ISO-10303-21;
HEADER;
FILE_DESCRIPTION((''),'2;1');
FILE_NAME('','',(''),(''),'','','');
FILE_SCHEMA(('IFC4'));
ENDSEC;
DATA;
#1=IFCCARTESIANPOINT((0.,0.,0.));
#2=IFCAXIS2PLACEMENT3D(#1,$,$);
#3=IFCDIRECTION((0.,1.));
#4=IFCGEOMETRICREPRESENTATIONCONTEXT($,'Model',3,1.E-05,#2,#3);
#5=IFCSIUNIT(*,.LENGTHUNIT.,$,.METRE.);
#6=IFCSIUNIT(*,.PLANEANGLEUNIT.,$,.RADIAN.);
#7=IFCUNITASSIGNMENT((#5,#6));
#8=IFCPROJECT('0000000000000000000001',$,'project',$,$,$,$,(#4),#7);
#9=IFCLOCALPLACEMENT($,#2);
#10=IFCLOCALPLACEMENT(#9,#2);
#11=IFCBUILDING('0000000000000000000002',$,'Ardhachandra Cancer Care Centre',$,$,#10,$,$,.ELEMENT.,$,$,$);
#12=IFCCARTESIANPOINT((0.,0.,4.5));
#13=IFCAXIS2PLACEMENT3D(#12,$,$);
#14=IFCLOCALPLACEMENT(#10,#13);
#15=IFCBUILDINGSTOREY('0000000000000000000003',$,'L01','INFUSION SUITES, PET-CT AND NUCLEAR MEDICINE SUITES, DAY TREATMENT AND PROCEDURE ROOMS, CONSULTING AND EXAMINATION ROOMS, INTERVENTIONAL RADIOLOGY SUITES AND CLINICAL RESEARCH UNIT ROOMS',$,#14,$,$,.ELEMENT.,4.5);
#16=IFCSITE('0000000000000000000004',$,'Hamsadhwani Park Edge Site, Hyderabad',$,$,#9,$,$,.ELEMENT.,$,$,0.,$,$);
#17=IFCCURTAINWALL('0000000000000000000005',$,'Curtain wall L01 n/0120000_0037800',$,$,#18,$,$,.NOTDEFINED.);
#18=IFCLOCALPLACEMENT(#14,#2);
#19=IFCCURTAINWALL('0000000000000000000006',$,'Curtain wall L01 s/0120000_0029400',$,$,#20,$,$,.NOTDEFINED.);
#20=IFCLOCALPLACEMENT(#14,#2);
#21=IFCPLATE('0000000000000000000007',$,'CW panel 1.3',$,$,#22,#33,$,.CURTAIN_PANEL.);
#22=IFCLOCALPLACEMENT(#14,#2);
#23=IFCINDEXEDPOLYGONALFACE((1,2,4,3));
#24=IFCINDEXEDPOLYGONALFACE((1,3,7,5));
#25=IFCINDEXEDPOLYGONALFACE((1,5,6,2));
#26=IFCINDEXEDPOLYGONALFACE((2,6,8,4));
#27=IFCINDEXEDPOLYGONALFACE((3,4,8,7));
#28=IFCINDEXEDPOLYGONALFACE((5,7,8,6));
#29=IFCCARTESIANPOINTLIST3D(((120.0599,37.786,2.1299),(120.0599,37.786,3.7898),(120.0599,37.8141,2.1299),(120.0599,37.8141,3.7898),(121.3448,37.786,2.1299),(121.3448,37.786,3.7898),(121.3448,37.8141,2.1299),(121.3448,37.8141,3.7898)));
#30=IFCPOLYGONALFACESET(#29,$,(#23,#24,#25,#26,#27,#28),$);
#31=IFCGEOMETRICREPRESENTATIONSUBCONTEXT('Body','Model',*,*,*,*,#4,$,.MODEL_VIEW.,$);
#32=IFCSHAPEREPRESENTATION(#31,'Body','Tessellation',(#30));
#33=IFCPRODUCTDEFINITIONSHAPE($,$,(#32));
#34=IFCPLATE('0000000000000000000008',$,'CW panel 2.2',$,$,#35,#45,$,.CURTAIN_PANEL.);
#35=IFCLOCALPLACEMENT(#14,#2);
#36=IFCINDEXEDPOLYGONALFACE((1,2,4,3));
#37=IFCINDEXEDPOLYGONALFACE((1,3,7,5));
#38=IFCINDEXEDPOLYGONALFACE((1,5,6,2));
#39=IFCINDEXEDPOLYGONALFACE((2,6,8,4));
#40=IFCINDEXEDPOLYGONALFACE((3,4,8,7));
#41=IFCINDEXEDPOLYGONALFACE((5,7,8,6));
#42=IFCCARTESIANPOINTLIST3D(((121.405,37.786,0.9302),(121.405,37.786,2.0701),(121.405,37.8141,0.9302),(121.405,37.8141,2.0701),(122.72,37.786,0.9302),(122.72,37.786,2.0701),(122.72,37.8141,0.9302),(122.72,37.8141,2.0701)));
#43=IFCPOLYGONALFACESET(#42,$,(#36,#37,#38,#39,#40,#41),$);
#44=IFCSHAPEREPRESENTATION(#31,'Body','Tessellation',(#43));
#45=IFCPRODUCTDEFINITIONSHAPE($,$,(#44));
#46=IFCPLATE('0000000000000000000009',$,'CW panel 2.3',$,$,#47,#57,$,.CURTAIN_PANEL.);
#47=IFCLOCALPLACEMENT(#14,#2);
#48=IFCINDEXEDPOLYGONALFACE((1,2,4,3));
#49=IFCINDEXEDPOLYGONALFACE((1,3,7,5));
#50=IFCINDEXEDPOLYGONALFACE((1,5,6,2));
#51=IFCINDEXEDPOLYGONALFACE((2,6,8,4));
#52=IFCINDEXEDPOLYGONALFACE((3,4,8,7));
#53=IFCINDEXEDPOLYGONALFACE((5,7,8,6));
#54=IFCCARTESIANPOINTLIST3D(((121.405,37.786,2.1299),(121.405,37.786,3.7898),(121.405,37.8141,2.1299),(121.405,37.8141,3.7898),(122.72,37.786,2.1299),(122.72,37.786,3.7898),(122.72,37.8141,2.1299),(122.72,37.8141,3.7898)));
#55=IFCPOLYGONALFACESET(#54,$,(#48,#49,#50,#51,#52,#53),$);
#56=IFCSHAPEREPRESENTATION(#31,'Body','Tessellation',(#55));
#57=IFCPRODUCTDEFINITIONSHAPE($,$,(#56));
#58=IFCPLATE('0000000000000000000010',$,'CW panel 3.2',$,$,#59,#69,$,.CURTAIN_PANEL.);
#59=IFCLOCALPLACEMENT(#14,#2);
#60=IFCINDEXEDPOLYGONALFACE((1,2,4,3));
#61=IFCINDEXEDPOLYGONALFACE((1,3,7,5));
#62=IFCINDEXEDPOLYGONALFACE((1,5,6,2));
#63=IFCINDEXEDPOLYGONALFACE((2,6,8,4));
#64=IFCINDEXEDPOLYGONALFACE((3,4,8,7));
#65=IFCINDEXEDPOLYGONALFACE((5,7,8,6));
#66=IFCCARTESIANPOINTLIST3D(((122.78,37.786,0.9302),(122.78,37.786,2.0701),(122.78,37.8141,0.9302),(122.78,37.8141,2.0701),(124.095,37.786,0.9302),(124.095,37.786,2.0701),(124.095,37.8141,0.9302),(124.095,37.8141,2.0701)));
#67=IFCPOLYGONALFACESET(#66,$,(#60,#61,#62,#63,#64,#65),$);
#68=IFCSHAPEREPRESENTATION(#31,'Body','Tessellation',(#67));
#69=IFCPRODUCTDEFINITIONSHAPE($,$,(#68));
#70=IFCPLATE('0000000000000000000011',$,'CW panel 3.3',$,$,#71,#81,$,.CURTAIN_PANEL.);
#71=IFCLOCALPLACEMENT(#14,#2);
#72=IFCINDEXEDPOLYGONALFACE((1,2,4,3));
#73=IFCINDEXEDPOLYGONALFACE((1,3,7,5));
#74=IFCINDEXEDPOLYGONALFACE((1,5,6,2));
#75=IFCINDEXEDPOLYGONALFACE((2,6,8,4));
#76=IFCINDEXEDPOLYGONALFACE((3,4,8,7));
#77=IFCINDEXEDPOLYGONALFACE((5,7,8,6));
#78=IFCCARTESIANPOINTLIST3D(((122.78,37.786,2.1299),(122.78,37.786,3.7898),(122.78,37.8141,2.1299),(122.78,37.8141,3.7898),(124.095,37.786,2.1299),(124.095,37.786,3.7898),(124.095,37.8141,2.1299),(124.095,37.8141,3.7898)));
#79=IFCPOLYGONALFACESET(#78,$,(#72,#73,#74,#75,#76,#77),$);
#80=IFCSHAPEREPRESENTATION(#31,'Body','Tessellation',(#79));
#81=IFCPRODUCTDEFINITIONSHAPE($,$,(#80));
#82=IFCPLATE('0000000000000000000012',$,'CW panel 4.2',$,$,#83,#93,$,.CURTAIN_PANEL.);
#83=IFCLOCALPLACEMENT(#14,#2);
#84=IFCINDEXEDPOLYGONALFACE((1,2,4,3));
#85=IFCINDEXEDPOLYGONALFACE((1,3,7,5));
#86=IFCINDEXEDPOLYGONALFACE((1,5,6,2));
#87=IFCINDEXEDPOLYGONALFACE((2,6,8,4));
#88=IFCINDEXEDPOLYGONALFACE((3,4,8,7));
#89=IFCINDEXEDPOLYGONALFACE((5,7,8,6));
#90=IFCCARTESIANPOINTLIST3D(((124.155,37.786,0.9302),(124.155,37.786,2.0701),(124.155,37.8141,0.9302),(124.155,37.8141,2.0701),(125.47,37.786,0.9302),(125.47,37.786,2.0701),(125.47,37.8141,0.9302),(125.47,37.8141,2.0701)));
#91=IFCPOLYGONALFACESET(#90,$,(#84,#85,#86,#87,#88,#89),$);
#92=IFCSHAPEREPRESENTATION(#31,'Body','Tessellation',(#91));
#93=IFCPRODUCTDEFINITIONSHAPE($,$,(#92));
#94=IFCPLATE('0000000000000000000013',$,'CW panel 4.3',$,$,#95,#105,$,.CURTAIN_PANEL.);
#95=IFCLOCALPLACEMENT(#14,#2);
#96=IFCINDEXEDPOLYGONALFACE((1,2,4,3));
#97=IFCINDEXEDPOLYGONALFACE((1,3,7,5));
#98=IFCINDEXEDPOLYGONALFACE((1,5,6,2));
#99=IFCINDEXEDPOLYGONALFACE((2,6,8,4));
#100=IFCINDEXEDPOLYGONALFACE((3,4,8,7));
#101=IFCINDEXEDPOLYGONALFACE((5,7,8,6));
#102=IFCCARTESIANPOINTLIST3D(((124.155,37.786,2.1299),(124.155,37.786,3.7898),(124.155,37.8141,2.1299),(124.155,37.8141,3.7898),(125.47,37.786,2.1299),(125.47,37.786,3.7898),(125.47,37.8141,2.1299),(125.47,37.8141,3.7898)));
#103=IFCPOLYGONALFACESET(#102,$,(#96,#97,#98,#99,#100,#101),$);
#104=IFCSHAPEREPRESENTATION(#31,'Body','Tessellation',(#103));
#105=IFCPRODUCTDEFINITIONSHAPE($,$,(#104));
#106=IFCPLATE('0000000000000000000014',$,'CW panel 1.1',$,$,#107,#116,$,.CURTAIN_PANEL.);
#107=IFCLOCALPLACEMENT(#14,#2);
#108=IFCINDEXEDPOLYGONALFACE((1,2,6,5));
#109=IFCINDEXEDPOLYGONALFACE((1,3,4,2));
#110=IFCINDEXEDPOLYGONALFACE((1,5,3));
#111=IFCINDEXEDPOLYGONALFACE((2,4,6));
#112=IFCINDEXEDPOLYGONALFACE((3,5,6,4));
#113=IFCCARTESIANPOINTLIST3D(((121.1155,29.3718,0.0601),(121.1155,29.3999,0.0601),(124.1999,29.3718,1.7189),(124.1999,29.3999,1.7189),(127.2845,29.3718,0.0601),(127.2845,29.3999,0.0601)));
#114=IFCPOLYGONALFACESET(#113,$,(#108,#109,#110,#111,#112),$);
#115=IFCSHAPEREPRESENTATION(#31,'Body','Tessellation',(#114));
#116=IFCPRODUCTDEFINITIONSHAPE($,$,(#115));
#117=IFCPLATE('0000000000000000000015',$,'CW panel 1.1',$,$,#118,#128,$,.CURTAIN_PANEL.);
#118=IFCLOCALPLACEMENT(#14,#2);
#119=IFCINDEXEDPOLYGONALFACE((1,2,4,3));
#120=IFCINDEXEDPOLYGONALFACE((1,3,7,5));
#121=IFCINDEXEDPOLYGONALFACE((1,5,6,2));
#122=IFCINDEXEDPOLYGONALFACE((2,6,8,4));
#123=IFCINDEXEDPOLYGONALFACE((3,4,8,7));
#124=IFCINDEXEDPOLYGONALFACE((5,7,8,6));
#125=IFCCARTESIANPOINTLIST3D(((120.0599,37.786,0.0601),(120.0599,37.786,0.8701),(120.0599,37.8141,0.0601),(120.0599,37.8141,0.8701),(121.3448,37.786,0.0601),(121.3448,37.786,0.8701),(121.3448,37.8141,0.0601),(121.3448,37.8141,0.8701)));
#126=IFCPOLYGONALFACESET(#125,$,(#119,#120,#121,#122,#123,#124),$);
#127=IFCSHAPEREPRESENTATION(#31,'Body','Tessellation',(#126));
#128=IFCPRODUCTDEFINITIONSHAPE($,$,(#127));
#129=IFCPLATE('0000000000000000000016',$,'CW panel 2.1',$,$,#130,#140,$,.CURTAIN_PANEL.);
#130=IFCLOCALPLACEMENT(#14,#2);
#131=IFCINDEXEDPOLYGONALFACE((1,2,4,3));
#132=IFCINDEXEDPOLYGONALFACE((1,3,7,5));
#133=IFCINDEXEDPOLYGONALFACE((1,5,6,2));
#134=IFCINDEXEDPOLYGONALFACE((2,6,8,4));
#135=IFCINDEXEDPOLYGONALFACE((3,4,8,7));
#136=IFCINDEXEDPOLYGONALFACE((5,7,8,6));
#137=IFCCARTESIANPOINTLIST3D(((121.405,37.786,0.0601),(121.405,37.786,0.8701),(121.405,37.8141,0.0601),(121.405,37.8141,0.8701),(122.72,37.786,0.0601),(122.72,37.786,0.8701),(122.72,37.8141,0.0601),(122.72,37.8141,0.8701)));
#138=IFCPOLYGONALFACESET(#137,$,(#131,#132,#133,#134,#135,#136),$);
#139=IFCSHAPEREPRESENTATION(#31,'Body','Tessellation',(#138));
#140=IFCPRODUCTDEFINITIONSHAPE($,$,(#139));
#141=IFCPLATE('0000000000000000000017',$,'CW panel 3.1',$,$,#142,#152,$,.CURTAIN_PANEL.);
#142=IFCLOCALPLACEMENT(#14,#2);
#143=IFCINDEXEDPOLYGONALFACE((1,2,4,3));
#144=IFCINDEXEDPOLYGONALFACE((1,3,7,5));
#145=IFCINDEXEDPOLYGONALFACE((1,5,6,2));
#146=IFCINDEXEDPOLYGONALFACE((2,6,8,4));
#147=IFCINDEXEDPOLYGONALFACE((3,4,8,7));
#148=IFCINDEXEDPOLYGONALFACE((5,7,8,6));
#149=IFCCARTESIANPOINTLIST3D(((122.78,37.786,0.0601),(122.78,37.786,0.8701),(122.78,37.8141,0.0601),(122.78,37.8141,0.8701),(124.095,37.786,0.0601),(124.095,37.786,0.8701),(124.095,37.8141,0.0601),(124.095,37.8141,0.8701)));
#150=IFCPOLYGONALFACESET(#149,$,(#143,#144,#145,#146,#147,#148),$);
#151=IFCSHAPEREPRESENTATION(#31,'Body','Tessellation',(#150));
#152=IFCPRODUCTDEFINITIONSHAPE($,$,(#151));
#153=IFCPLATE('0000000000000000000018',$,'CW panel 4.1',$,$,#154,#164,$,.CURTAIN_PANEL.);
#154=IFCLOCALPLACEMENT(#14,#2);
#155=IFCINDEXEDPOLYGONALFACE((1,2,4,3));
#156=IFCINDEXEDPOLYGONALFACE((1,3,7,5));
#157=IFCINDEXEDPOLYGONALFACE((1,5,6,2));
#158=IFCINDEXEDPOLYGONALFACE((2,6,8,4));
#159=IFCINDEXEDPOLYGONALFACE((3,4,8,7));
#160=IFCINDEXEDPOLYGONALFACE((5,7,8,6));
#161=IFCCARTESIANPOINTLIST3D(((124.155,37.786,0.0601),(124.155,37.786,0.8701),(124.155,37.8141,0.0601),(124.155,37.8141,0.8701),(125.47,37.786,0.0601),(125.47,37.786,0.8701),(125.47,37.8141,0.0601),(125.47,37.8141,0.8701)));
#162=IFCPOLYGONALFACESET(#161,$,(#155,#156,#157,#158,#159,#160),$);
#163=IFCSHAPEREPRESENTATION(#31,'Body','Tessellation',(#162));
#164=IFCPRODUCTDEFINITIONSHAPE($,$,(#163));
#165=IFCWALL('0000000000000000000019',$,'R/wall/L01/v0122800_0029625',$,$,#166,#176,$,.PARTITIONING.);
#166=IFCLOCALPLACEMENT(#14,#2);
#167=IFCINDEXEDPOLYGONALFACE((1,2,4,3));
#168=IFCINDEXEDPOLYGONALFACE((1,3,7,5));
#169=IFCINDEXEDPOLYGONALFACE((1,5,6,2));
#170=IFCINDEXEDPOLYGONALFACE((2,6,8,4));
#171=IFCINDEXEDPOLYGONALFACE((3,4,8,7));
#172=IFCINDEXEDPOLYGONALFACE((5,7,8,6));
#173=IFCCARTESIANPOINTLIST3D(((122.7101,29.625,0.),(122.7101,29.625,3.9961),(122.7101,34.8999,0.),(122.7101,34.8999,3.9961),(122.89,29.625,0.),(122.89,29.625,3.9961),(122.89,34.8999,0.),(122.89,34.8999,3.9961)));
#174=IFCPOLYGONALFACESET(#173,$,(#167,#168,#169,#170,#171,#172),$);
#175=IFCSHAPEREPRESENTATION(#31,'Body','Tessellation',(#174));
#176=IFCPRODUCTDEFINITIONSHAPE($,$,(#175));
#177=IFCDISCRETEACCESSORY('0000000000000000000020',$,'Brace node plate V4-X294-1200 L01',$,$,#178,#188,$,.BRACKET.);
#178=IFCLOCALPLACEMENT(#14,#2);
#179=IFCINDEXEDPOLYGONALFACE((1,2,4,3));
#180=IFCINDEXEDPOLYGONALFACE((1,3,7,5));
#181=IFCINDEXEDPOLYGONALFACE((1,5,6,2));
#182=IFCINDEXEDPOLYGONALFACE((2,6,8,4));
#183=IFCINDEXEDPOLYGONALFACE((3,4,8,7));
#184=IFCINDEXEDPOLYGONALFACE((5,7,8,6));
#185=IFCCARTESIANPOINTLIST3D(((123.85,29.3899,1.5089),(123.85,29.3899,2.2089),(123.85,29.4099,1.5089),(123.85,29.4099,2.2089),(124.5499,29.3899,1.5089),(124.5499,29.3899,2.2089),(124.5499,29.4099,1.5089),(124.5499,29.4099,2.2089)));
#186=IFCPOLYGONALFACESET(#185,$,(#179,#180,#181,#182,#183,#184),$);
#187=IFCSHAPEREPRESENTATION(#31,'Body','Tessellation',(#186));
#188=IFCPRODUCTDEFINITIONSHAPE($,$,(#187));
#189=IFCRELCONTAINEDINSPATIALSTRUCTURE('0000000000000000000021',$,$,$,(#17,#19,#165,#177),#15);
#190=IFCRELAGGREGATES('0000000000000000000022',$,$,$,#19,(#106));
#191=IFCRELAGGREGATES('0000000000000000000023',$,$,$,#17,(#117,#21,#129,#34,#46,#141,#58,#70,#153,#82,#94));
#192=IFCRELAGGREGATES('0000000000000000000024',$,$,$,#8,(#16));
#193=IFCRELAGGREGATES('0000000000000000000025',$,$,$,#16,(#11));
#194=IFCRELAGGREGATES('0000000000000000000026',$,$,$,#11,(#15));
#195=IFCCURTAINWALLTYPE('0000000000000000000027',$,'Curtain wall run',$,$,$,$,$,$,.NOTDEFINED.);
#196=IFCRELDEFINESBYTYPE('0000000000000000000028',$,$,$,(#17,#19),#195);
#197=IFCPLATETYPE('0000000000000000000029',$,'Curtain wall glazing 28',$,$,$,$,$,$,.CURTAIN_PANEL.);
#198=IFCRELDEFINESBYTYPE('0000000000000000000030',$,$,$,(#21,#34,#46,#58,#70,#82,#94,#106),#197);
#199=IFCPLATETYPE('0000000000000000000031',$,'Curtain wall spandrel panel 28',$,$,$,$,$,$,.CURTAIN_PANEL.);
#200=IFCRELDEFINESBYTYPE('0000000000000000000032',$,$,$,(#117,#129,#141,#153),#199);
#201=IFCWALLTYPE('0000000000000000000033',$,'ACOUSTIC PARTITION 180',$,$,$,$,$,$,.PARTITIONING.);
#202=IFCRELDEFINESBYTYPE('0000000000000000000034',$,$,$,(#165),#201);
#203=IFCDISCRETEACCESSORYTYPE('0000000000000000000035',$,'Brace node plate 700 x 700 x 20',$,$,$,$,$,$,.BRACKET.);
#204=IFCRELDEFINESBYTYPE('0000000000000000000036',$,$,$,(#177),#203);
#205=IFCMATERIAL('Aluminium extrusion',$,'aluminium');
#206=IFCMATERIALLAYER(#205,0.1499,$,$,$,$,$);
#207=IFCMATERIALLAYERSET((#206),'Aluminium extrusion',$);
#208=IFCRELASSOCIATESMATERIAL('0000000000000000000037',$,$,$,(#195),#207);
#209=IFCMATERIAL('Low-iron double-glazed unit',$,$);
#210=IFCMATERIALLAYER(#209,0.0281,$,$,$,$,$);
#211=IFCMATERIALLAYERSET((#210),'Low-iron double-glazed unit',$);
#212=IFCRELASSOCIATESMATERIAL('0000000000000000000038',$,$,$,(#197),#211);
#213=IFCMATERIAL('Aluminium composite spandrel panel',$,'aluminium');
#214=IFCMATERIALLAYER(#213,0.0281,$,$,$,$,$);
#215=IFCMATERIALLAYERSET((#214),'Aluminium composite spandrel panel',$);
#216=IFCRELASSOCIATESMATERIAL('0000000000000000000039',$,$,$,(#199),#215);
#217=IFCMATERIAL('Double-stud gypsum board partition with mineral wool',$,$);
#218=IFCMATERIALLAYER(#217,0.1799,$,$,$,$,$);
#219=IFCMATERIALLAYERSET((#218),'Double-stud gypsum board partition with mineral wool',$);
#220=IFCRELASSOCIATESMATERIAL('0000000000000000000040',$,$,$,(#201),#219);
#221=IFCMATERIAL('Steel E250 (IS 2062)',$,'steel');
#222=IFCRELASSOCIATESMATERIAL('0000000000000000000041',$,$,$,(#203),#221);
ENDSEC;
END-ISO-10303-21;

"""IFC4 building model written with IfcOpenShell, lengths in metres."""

from ifc_helpers import new_model, si_unit, direction, frame, frame_2d, origin, origin_2d, place, context, subcontext, project, spatial, polyline, rectangle, outline, extrude, material, layer, layer_set, material_profile, profile_set, type_object, element, aggregate, save


model = new_model("IFC4")

# Units and contexts
model_context = context("Model", 3, precision=1e-05, world=origin(), true_north=direction((0.0, 1.0)))
body_context = subcontext(model_context, "Body", "Model", "MODEL_VIEW")
ifc_project = project(units=[si_unit("LENGTHUNIT", "METRE"), si_unit("PLANEANGLEUNIT", "RADIAN")], contexts=[model_context])

# Site, building, storey
site_placement = place(None, origin())
site = spatial("IfcSite", under=ifc_project, at=site_placement, Name="Hamsadhwani Park Edge Site, Hyderabad", CompositionType="ELEMENT", RefElevation=0.0)
building_placement = place(site_placement, origin())
building = spatial("IfcBuilding", under=site, at=building_placement, Name="Ardhachandra Cancer Care Centre", CompositionType="ELEMENT")
storey_placement = place(building_placement, frame((0.0, 0.0, 4.5)))
storey = spatial("IfcBuildingStorey", under=building, at=storey_placement, Name="L01", Description="INFUSION SUITES, PET-CT AND NUCLEAR MEDICINE SUITES, DAY TREATMENT AND PROCEDURE ROOMS, CONSULTING AND EXAMINATION ROOMS, INTERVENTIONAL RADIOLOGY SUITES AND CLINICAL RESEARCH UNIT ROOMS", CompositionType="ELEMENT", Elevation=4.5)

# Curtain walls
ifc_material_1 = material(Name="Aluminium extrusion", Category="aluminium")
ifc_layer_1 = layer(ifc_material_1, 0.1499)
ifc_layer_set_1 = layer_set([ifc_layer_1], Name="Aluminium extrusion")
curtain_wall_type = type_object("IfcCurtainWallType", Name="Curtain wall run", PredefinedType="NOTDEFINED", material=ifc_layer_set_1)
curtain_wall_1_placement = place(storey_placement, origin())
curtain_wall_1 = element("IfcCurtainWall", 1, at=curtain_wall_1_placement, inside=storey, type_object=curtain_wall_type, Name="Curtain wall L01 n/0120000_0037800", PredefinedType="NOTDEFINED")
curtain_wall_2_placement = place(storey_placement, origin())
curtain_wall_2 = element("IfcCurtainWall", 2, at=curtain_wall_2_placement, inside=storey, type_object=curtain_wall_type, Name="Curtain wall L01 s/0120000_0029400", PredefinedType="NOTDEFINED")

# Plates
ifc_material_2 = material(Name="Low-iron double-glazed unit")
ifc_layer_2 = layer(ifc_material_2, 0.0281)
ifc_layer_set_2 = layer_set([ifc_layer_2], Name="Low-iron double-glazed unit")
plate_type_1 = type_object("IfcPlateType", Name="Curtain wall glazing 28", PredefinedType="CURTAIN_PANEL", material=ifc_layer_set_2)
plate_1_placement = place(storey_placement, frame((120.7024, 37.8, 2.1299), z_axis=(0.0, 0.0, 1.0), x_axis=(1.0, 0.0, 0.0)))
plate_1 = element("IfcPlate", 3, at=plate_1_placement, type_object=plate_type_1, Name="CW panel 1.3", PredefinedType="CURTAIN_PANEL", context=body_context, shape_type="SweptSolid", body=[
    extrude(rectangle(XDim=1.2849, YDim=0.0281, at=origin_2d()), origin(), (0.0, 0.0, 1.0), 1.6599),
])
plate_2_placement = place(storey_placement, frame((122.0625, 37.8, 0.9302), z_axis=(0.0, 0.0, 1.0), x_axis=(1.0, 0.0, 0.0)))
plate_2 = element("IfcPlate", 4, at=plate_2_placement, type_object=plate_type_1, Name="CW panel 2.2", PredefinedType="CURTAIN_PANEL", context=body_context, shape_type="SweptSolid", body=[
    extrude(rectangle(XDim=1.3149, YDim=0.0281, at=origin_2d()), origin(), (0.0, 0.0, 1.0), 1.1399),
])
plate_3_placement = place(storey_placement, frame((122.0625, 37.8, 2.1299), z_axis=(0.0, 0.0, 1.0), x_axis=(1.0, 0.0, 0.0)))
plate_3 = element("IfcPlate", 5, at=plate_3_placement, type_object=plate_type_1, Name="CW panel 2.3", PredefinedType="CURTAIN_PANEL", context=body_context, shape_type="SweptSolid", body=[
    extrude(rectangle(XDim=1.3149, YDim=0.0281, at=origin_2d()), origin(), (0.0, 0.0, 1.0), 1.6599),
])
plate_4_placement = place(storey_placement, frame((123.4375, 37.8, 0.9302), z_axis=(0.0, 0.0, 1.0), x_axis=(1.0, 0.0, 0.0)))
plate_4 = element("IfcPlate", 6, at=plate_4_placement, type_object=plate_type_1, Name="CW panel 3.2", PredefinedType="CURTAIN_PANEL", context=body_context, shape_type="SweptSolid", body=[
    extrude(rectangle(XDim=1.3149, YDim=0.0281, at=origin_2d()), origin(), (0.0, 0.0, 1.0), 1.1399),
])
plate_5_placement = place(storey_placement, frame((123.4375, 37.8, 2.1299), z_axis=(0.0, 0.0, 1.0), x_axis=(1.0, 0.0, 0.0)))
plate_5 = element("IfcPlate", 7, at=plate_5_placement, type_object=plate_type_1, Name="CW panel 3.3", PredefinedType="CURTAIN_PANEL", context=body_context, shape_type="SweptSolid", body=[
    extrude(rectangle(XDim=1.3149, YDim=0.0281, at=origin_2d()), origin(), (0.0, 0.0, 1.0), 1.6599),
])
plate_6_placement = place(storey_placement, frame((124.8125, 37.8, 0.9302), z_axis=(0.0, 0.0, 1.0), x_axis=(1.0, 0.0, 0.0)))
plate_6 = element("IfcPlate", 8, at=plate_6_placement, type_object=plate_type_1, Name="CW panel 4.2", PredefinedType="CURTAIN_PANEL", context=body_context, shape_type="SweptSolid", body=[
    extrude(rectangle(XDim=1.3149, YDim=0.0281, at=origin_2d()), origin(), (0.0, 0.0, 1.0), 1.1399),
])
plate_7_placement = place(storey_placement, frame((124.8125, 37.8, 2.1299), z_axis=(0.0, 0.0, 1.0), x_axis=(1.0, 0.0, 0.0)))
plate_7 = element("IfcPlate", 9, at=plate_7_placement, type_object=plate_type_1, Name="CW panel 4.3", PredefinedType="CURTAIN_PANEL", context=body_context, shape_type="SweptSolid", body=[
    extrude(rectangle(XDim=1.3149, YDim=0.0281, at=origin_2d()), origin(), (0.0, 0.0, 1.0), 1.6599),
])
plate_8_placement = place(storey_placement, frame((121.1155, 29.3999, 0.0601), z_axis=(0.0, 1.0, 0.0), x_axis=(0.880702, 0.0, 0.473672)))
plate_8 = element("IfcPlate", 10, at=plate_8_placement, type_object=plate_type_1, Name="CW panel 1.1", PredefinedType="CURTAIN_PANEL", context=body_context, shape_type="SweptSolid", body=[
    extrude(outline(polyline([(0.0, 0.0), (3.5022, 0.0), (5.4331, 2.9221), (0.0, 0.0)])), frame((0.0, 0.0, -0.0281)), (0.0, 0.0, 1.0), 0.0281),
])
aggregate(curtain_wall_2, [plate_8])
ifc_material_3 = material(Name="Aluminium composite spandrel panel", Category="aluminium")
ifc_layer_3 = layer(ifc_material_3, 0.0281)
ifc_layer_set_3 = layer_set([ifc_layer_3], Name="Aluminium composite spandrel panel")
plate_type_2 = type_object("IfcPlateType", Name="Curtain wall spandrel panel 28", PredefinedType="CURTAIN_PANEL", material=ifc_layer_set_3)
plate_9_placement = place(storey_placement, frame((120.7024, 37.8, 0.0601), z_axis=(0.0, 0.0, 1.0), x_axis=(1.0, 0.0, 0.0)))
plate_9 = element("IfcPlate", 11, at=plate_9_placement, type_object=plate_type_2, Name="CW panel 1.1", PredefinedType="CURTAIN_PANEL", context=body_context, shape_type="SweptSolid", body=[
    extrude(rectangle(XDim=1.2849, YDim=0.0281, at=origin_2d()), origin(), (0.0, 0.0, 1.0), 0.8101),
])
plate_10_placement = place(storey_placement, frame((122.0625, 37.8, 0.0601), z_axis=(0.0, 0.0, 1.0), x_axis=(1.0, 0.0, 0.0)))
plate_10 = element("IfcPlate", 12, at=plate_10_placement, type_object=plate_type_2, Name="CW panel 2.1", PredefinedType="CURTAIN_PANEL", context=body_context, shape_type="SweptSolid", body=[
    extrude(rectangle(XDim=1.3149, YDim=0.0281, at=origin_2d()), origin(), (0.0, 0.0, 1.0), 0.8101),
])
plate_11_placement = place(storey_placement, frame((123.4375, 37.8, 0.0601), z_axis=(0.0, 0.0, 1.0), x_axis=(1.0, 0.0, 0.0)))
plate_11 = element("IfcPlate", 13, at=plate_11_placement, type_object=plate_type_2, Name="CW panel 3.1", PredefinedType="CURTAIN_PANEL", context=body_context, shape_type="SweptSolid", body=[
    extrude(rectangle(XDim=1.3149, YDim=0.0281, at=origin_2d()), origin(), (0.0, 0.0, 1.0), 0.8101),
])
plate_12_placement = place(storey_placement, frame((124.8125, 37.8, 0.0601), z_axis=(0.0, 0.0, 1.0), x_axis=(1.0, 0.0, 0.0)))
plate_12 = element("IfcPlate", 14, at=plate_12_placement, type_object=plate_type_2, Name="CW panel 4.1", PredefinedType="CURTAIN_PANEL", context=body_context, shape_type="SweptSolid", body=[
    extrude(rectangle(XDim=1.3149, YDim=0.0281, at=origin_2d()), origin(), (0.0, 0.0, 1.0), 0.8101),
])
aggregate(curtain_wall_1, [plate_9, plate_1, plate_10, plate_2, plate_3, plate_11, plate_4, plate_5, plate_12, plate_6, plate_7])

# Wall
ifc_material_4 = material(Name="Double-stud gypsum board partition with mineral wool")
ifc_layer_4 = layer(ifc_material_4, 0.1799)
ifc_layer_set_4 = layer_set([ifc_layer_4], Name="Double-stud gypsum board partition with mineral wool")
wall_type = type_object("IfcWallType", Name="ACOUSTIC PARTITION 180", PredefinedType="PARTITIONING", material=ifc_layer_set_4)
wall_placement = place(storey_placement, frame((122.8, 29.625, 0.0), z_axis=(0.0, 0.0, 1.0), x_axis=(0.0, 1.0, 0.0)))
element("IfcWall", 15, at=wall_placement, inside=storey, type_object=wall_type, Name="R/wall/L01/v0122800_0029625", PredefinedType="PARTITIONING", context=body_context, shape_type="SweptSolid", body=[
    extrude(rectangle(XDim=5.2749, YDim=0.1799, at=frame_2d((2.6375, 0.0))), origin(), (0.0, 0.0, 1.0), 3.9961),
])

# Discrete accessory
ifc_material_5 = material(Name="Steel E250 (IS 2062)", Category="steel")
ifc_material_profile_1 = material_profile(ifc_material_5, rectangle(XDim=0.7, YDim=0.7, at=origin_2d()), Name="PL 700x700x20")
ifc_profile_set_1 = profile_set([ifc_material_profile_1], Name="Steel E250 (IS 2062)")
discrete_accessory_type = type_object("IfcDiscreteAccessoryType", Name="Brace node plate 700 x 700 x 20", PredefinedType="BRACKET", material=ifc_profile_set_1)
discrete_accessory_placement = place(storey_placement, frame((124.2, 29.3899, 1.8589), z_axis=(0.0, 1.0, 0.0), x_axis=(-1.0, 0.0, 0.0)))
element("IfcDiscreteAccessory", 16, at=discrete_accessory_placement, inside=storey, type_object=discrete_accessory_type, Name="Brace node plate V4-X294-1200 L01", PredefinedType="BRACKET", context=body_context, shape_type="SweptSolid", body=[
    extrude(rectangle(XDim=0.7, YDim=0.7, at=origin_2d()), origin(), (0.0, 0.0, 1.0), 0.02),
])

save(model, "model.ifc")
